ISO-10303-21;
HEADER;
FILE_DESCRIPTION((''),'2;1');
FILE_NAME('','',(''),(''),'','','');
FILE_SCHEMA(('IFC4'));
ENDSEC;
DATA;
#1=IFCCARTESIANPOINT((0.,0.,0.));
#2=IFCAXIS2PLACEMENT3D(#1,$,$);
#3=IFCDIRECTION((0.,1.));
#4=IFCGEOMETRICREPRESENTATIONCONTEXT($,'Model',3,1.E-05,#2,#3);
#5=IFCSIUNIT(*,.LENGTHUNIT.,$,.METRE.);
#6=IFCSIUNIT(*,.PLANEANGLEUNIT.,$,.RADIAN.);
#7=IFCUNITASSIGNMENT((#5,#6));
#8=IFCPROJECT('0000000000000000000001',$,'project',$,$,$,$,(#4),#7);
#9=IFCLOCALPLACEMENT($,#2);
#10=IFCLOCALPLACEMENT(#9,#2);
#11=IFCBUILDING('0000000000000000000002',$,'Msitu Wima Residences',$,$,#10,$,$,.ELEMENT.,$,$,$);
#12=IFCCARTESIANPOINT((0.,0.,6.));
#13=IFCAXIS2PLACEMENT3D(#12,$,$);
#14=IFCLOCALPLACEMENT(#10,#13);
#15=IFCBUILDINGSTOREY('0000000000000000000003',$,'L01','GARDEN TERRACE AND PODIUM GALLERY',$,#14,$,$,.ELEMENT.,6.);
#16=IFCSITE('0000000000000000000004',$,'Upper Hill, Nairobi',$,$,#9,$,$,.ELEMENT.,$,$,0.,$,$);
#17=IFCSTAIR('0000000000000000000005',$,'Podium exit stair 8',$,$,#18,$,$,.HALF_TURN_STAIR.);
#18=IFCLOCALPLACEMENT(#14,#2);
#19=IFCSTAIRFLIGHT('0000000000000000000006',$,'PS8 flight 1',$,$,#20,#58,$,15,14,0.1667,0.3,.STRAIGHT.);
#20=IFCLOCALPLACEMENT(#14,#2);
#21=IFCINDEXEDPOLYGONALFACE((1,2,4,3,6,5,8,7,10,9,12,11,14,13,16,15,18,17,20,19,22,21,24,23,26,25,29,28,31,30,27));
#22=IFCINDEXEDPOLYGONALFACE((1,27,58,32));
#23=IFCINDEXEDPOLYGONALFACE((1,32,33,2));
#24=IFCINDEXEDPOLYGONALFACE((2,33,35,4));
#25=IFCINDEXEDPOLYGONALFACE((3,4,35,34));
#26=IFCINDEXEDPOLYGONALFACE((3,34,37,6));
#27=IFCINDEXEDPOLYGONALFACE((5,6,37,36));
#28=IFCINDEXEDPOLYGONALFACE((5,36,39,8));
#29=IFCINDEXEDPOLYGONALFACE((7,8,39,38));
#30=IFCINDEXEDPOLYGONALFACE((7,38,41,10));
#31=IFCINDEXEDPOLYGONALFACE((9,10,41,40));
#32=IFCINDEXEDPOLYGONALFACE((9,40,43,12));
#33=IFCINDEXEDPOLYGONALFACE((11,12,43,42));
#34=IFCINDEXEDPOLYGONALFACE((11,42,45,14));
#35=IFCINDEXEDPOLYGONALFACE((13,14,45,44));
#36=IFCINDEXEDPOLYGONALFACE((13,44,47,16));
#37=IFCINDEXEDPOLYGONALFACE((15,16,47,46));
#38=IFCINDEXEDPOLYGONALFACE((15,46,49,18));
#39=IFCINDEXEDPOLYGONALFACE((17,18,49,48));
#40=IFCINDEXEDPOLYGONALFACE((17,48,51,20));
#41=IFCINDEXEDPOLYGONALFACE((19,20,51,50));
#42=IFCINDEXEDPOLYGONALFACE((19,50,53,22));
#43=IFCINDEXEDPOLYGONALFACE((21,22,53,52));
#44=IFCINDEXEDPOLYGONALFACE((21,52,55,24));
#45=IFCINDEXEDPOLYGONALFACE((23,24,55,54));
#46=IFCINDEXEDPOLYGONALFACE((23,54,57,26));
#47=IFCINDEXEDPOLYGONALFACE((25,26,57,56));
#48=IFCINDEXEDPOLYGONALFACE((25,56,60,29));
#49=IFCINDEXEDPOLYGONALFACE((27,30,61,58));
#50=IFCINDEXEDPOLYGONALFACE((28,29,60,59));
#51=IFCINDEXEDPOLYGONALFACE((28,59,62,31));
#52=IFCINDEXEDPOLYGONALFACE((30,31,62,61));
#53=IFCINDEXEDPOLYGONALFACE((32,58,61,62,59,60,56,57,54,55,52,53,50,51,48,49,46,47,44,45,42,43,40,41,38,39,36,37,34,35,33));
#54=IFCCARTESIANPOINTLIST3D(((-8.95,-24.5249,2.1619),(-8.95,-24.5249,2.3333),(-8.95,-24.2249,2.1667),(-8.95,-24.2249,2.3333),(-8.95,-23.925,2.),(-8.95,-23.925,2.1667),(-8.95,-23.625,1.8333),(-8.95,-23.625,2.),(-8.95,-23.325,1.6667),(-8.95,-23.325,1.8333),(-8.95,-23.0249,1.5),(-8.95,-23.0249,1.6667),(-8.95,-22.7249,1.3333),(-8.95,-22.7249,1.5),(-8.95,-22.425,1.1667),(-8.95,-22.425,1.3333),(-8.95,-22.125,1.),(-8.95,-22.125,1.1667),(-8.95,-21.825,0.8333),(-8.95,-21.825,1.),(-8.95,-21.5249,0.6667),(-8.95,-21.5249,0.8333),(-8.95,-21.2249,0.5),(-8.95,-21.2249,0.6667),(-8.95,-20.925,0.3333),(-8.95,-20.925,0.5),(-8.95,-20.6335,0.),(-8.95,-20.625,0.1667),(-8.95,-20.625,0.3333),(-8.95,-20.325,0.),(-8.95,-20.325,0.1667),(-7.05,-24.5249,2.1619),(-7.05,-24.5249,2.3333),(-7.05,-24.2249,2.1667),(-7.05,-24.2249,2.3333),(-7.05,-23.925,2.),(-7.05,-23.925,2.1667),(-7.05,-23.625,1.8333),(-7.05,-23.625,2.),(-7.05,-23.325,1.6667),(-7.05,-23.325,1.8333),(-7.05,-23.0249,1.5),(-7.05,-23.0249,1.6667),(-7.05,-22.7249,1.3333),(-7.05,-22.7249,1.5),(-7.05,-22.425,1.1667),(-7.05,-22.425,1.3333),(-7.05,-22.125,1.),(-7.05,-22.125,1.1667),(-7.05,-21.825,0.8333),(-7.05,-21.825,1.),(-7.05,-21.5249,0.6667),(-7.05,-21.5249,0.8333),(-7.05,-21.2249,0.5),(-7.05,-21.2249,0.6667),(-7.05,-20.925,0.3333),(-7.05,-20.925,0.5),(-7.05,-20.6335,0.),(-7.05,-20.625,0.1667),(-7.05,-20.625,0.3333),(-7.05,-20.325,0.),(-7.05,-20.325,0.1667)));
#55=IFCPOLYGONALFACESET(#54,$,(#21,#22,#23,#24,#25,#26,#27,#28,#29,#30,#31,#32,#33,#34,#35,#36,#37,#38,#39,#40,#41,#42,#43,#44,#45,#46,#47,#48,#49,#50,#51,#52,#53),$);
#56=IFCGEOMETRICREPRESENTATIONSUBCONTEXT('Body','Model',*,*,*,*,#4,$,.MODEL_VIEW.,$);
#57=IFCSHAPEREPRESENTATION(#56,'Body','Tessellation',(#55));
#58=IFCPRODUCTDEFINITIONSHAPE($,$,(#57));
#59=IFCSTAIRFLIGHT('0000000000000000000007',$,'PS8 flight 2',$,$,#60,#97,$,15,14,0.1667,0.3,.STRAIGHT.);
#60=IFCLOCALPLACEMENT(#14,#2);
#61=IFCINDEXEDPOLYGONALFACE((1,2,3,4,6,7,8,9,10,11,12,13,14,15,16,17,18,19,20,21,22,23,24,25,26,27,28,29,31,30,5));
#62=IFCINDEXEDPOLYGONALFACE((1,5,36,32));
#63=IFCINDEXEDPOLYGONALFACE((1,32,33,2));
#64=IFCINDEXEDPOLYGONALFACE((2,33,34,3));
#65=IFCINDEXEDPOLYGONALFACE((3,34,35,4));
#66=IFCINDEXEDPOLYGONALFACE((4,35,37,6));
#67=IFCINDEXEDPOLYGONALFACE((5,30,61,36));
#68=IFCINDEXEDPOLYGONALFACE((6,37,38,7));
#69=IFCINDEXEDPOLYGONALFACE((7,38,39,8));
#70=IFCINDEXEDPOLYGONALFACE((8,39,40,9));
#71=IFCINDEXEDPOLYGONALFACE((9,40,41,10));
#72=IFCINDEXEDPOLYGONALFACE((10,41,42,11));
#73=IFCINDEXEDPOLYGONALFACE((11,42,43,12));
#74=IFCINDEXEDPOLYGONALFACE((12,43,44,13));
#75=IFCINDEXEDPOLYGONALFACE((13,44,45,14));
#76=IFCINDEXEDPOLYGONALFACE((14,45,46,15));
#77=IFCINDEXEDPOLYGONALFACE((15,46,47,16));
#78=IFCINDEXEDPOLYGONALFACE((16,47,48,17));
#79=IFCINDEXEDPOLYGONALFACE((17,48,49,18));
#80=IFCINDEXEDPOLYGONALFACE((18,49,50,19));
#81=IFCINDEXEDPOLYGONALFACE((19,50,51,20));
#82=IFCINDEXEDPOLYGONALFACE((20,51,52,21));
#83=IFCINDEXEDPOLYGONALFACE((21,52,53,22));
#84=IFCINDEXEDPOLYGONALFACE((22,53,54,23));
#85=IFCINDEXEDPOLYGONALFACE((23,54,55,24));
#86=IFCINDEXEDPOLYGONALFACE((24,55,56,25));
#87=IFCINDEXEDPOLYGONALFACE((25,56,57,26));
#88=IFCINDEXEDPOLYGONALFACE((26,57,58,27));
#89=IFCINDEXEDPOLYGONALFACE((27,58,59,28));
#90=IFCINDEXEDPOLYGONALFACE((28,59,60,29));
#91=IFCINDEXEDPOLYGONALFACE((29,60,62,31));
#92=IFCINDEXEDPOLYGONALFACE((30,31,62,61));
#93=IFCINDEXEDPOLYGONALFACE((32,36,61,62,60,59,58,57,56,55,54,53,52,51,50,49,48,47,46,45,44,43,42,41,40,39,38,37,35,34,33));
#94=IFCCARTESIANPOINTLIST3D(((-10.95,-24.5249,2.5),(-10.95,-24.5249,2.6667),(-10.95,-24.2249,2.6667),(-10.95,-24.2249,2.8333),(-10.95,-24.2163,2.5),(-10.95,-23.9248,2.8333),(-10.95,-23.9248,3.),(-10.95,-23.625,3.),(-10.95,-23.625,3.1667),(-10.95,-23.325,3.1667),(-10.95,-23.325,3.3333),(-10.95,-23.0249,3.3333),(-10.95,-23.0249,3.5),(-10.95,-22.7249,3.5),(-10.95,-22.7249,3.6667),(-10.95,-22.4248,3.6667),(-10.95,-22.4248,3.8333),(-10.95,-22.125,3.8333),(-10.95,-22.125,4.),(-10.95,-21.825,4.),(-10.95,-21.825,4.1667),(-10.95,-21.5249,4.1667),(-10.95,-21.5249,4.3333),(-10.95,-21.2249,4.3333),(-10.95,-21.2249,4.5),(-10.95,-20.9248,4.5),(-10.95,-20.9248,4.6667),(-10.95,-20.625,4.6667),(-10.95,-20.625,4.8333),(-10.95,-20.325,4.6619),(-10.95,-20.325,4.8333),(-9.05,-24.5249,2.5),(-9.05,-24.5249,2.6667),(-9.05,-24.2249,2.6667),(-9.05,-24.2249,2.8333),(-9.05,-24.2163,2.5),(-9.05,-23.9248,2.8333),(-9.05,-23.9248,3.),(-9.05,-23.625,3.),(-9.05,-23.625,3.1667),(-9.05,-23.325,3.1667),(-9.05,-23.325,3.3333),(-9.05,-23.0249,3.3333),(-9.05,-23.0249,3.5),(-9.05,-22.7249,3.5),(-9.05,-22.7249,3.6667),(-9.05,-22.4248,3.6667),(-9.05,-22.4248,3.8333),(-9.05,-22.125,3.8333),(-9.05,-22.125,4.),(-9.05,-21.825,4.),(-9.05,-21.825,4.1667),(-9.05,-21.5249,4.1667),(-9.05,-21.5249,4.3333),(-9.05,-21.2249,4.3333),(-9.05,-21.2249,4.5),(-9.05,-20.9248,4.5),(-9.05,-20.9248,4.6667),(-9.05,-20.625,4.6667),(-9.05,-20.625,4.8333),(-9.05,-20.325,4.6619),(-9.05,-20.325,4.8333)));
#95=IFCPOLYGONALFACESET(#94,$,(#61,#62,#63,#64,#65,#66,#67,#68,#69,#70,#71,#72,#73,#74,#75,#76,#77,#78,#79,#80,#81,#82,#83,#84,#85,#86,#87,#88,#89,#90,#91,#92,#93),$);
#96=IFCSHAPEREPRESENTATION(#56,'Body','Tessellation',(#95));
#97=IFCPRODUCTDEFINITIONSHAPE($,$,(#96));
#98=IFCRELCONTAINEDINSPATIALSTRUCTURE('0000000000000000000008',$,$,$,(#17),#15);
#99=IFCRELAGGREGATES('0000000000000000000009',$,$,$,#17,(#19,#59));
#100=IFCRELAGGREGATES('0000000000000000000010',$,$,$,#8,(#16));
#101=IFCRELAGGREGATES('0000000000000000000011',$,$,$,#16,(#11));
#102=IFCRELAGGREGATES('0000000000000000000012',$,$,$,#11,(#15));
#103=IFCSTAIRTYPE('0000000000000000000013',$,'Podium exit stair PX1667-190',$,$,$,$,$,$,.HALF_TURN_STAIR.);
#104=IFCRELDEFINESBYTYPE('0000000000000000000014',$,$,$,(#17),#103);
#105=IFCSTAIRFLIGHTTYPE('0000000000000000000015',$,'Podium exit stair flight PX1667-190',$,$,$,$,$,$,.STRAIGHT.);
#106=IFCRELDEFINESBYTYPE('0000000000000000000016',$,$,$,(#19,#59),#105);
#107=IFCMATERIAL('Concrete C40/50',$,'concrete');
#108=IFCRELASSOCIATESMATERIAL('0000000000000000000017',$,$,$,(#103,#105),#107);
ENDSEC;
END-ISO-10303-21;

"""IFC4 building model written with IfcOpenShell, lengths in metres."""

from ifc_helpers import new_model, si_unit, direction, frame, origin, place, context, subcontext, project, spatial, polyline, outline, extrude, material, type_object, element, aggregate, save


model = new_model("IFC4")

# Units and contexts
model_context = context("Model", 3, precision=1e-05, world=origin(), true_north=direction((0.0, 1.0)))
body_context = subcontext(model_context, "Body", "Model", "MODEL_VIEW")
ifc_project = project(units=[si_unit("LENGTHUNIT", "METRE"), si_unit("PLANEANGLEUNIT", "RADIAN")], contexts=[model_context])

# Site, building, storey
site_placement = place(None, origin())
site = spatial("IfcSite", under=ifc_project, at=site_placement, Name="Upper Hill, Nairobi", CompositionType="ELEMENT", RefElevation=0.0)
building_placement = place(site_placement, origin())
building = spatial("IfcBuilding", under=site, at=building_placement, Name="Msitu Wima Residences", CompositionType="ELEMENT")
storey_placement = place(building_placement, frame((0.0, 0.0, 6.0)))
storey = spatial("IfcBuildingStorey", under=building, at=storey_placement, Name="L01", Description="GARDEN TERRACE AND PODIUM GALLERY", CompositionType="ELEMENT", Elevation=6.0)

# Shared definitions
ifc_material_1 = material(Name="Concrete C40/50", Category="concrete")

# Stair, stair flights
stair_type = type_object("IfcStairType", Name="Podium exit stair PX1667-190", PredefinedType="HALF_TURN_STAIR", material=ifc_material_1)
stair_placement = place(storey_placement, origin())
stair = element("IfcStair", 1, at=stair_placement, inside=storey, type_object=stair_type, Name="Podium exit stair 8", PredefinedType="HALF_TURN_STAIR")
stair_flight_type = type_object("IfcStairFlightType", Name="Podium exit stair flight PX1667-190", PredefinedType="STRAIGHT", material=ifc_material_1)
stair_flight_1_placement = place(storey_placement, frame((-8.0, -20.325, 0.0), z_axis=(0.0, 0.0, 1.0), x_axis=(0.0, -1.0, 0.0)))
stair_flight_1 = element("IfcStairFlight", 2, at=stair_flight_1_placement, type_object=stair_flight_type, Name="PS8 flight 1", NumberOfRisers=15, NumberOfTreads=14, PredefinedType="STRAIGHT", RiserHeight=0.1667, TreadLength=0.3, context=body_context, shape_type="SweptSolid", body=[
    extrude(outline(polyline([(0.0, 0.0), (0.0, 0.1667), (0.3, 0.1667), (0.3, 0.3333), (0.6001, 0.3333), (0.6001, 0.5), (0.8999, 0.5), (0.8999, 0.6667), (1.2, 0.6667), (1.2, 0.8333), (1.5, 0.8333), (1.5, 1.0), (1.8, 1.0), (1.8, 1.1667), (2.1001, 1.1667), (2.1001, 1.3333), (2.3999, 1.3333), (2.3999, 1.5), (2.7, 1.5), (2.7, 1.6667), (3.0, 1.6667), (3.0, 1.8333), (3.3, 1.8333), (3.3, 2.0), (3.6001, 2.0), (3.6001, 2.1667), (3.8999, 2.1667), (3.8999, 2.3333), (4.2, 2.3333), (4.2, 2.5), (4.2, 2.1619), (0.3086, 0.0), (0.0, 0.0)])), frame((0.0, 0.95, 0.0), z_axis=(0.0, -1.0, 0.0), x_axis=(1.0, 0.0, 0.0)), (0.0, 0.0, 1.0), 1.8999),
])
stair_flight_2_placement = place(storey_placement, frame((-10.0, -24.5249, 2.5), z_axis=(0.0, 0.0, 1.0), x_axis=(0.0, 1.0, 0.0)))
stair_flight_2 = element("IfcStairFlight", 3, at=stair_flight_2_placement, type_object=stair_flight_type, Name="PS8 flight 2", NumberOfRisers=15, NumberOfTreads=14, PredefinedType="STRAIGHT", RiserHeight=0.1667, TreadLength=0.3, context=body_context, shape_type="SweptSolid", body=[
    extrude(outline(polyline([(0.0, 0.0), (0.0, 0.1667), (0.3, 0.1667), (0.3, 0.3333), (0.6001, 0.3333), (0.6001, 0.5), (0.8999, 0.5), (0.8999, 0.6667), (1.2, 0.6667), (1.2, 0.8333), (1.5, 0.8333), (1.5, 1.0), (1.8, 1.0), (1.8, 1.1667), (2.1001, 1.1667), (2.1001, 1.3333), (2.3999, 1.3333), (2.3999, 1.5), (2.7, 1.5), (2.7, 1.6667), (3.0, 1.6667), (3.0, 1.8333), (3.3, 1.8333), (3.3, 2.0), (3.6001, 2.0), (3.6001, 2.1667), (3.8999, 2.1667), (3.8999, 2.3333), (4.2, 2.3333), (4.2, 2.5), (4.2, 2.1619), (0.3086, 0.0), (0.0, 0.0)])), frame((0.0, 0.95, 0.0), z_axis=(0.0, -1.0, 0.0), x_axis=(1.0, 0.0, 0.0)), (0.0, 0.0, 1.0), 1.8999),
])
aggregate(stair, [stair_flight_1, stair_flight_2])

save(model, "model.ifc")
